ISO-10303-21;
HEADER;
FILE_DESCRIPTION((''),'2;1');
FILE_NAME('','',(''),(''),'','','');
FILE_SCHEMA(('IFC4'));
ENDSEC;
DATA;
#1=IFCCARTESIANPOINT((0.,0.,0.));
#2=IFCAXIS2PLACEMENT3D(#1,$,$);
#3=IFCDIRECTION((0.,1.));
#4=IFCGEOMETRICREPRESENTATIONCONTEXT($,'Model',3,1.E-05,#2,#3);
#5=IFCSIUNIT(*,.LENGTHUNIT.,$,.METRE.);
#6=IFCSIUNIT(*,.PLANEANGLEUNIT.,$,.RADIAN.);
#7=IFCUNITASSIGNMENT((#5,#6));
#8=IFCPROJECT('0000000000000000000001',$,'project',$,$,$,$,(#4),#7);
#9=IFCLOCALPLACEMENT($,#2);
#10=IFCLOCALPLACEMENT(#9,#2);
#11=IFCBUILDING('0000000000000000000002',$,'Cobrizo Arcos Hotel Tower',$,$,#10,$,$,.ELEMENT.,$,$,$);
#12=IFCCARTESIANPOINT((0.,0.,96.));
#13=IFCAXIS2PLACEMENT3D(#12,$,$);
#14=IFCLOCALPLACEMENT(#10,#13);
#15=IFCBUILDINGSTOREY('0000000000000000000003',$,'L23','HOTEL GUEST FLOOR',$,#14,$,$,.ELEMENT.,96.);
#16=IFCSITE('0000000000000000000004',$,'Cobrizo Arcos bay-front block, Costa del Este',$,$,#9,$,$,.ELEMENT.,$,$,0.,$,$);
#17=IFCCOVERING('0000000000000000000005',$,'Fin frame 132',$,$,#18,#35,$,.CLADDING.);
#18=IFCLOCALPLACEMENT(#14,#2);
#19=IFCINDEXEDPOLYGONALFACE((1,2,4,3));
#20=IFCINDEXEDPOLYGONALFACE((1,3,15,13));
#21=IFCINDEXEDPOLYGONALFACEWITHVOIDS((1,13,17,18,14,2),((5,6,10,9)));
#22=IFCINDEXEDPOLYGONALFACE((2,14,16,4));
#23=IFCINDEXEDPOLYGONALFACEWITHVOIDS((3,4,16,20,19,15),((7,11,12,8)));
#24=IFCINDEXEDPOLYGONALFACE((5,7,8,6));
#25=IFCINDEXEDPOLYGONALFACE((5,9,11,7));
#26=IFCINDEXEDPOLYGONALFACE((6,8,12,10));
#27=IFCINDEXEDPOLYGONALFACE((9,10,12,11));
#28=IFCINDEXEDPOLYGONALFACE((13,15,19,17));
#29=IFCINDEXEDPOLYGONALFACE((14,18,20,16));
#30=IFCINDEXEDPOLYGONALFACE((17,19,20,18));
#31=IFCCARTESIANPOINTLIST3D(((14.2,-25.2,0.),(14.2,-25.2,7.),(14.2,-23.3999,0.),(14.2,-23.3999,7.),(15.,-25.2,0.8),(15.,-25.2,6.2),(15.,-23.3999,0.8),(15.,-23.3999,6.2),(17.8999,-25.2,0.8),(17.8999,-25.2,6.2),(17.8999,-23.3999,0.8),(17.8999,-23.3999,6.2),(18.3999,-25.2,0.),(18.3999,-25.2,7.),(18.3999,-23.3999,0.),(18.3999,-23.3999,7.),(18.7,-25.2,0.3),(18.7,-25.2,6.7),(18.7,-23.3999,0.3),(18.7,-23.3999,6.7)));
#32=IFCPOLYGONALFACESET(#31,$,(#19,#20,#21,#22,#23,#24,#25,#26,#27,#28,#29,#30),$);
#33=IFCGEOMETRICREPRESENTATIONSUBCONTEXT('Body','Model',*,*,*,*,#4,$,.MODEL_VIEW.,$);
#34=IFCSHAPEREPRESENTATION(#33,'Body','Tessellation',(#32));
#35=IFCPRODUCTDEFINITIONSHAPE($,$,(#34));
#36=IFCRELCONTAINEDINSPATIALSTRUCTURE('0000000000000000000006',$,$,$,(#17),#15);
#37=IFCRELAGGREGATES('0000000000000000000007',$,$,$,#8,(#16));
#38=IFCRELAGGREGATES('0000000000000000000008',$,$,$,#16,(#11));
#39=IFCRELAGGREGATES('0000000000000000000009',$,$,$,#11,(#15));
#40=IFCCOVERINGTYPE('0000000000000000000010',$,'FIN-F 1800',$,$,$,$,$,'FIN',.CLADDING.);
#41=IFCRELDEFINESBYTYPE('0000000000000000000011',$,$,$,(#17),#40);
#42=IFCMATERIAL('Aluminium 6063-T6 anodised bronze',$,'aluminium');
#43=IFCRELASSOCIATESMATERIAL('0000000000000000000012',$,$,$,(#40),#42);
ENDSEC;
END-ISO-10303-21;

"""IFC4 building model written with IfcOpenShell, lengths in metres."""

from ifc_helpers import new_model, si_unit, direction, frame, origin, place, context, subcontext, project, spatial, polyline, outline, extrude, material, type_object, element, save


model = new_model("IFC4")

# Units and contexts
model_context = context("Model", 3, precision=1e-05, world=origin(), true_north=direction((0.0, 1.0)))
body_context = subcontext(model_context, "Body", "Model", "MODEL_VIEW")
ifc_project = project(units=[si_unit("LENGTHUNIT", "METRE"), si_unit("PLANEANGLEUNIT", "RADIAN")], contexts=[model_context])

# Site, building, storey
site_placement = place(None, origin())
site = spatial("IfcSite", under=ifc_project, at=site_placement, Name="Cobrizo Arcos bay-front block, Costa del Este", CompositionType="ELEMENT", RefElevation=0.0)
building_placement = place(site_placement, origin())
building = spatial("IfcBuilding", under=site, at=building_placement, Name="Cobrizo Arcos Hotel Tower", CompositionType="ELEMENT")
storey_placement = place(building_placement, frame((0.0, 0.0, 96.0)))
storey = spatial("IfcBuildingStorey", under=building, at=storey_placement, Name="L23", Description="HOTEL GUEST FLOOR", CompositionType="ELEMENT", Elevation=96.0)

# Shared definitions
ifc_material_1 = material(Name="Aluminium 6063-T6 anodised bronze", Category="aluminium")

# Covering
covering_type_1 = type_object("IfcCoveringType", Name="FIN-F 1800", ElementType="FIN", PredefinedType="CLADDING", material=ifc_material_1)
covering_1_placement = place(storey_placement, frame((14.2, -23.3999, 0.0), z_axis=(0.0, -1.0, 0.0), x_axis=(1.0, 0.0, 0.0)))
element("IfcCovering", 1, at=covering_1_placement, inside=storey, type_object=covering_type_1, Name="Fin frame 132", PredefinedType="CLADDING", context=body_context, shape_type="SweptSolid", body=[
    extrude(outline(polyline([(0.0, 7.0), (0.0, 0.0), (4.2, 0.0), (4.5, 0.3), (4.5, 6.7), (4.2, 7.0), (0.0, 7.0)]), holes=[polyline([(3.7, 0.8), (0.8, 0.8), (0.8, 6.2), (3.7, 6.2), (3.7, 0.8)])]), origin(), (0.0, 0.0, 1.0), 1.8),
])

save(model, "model.ifc")
